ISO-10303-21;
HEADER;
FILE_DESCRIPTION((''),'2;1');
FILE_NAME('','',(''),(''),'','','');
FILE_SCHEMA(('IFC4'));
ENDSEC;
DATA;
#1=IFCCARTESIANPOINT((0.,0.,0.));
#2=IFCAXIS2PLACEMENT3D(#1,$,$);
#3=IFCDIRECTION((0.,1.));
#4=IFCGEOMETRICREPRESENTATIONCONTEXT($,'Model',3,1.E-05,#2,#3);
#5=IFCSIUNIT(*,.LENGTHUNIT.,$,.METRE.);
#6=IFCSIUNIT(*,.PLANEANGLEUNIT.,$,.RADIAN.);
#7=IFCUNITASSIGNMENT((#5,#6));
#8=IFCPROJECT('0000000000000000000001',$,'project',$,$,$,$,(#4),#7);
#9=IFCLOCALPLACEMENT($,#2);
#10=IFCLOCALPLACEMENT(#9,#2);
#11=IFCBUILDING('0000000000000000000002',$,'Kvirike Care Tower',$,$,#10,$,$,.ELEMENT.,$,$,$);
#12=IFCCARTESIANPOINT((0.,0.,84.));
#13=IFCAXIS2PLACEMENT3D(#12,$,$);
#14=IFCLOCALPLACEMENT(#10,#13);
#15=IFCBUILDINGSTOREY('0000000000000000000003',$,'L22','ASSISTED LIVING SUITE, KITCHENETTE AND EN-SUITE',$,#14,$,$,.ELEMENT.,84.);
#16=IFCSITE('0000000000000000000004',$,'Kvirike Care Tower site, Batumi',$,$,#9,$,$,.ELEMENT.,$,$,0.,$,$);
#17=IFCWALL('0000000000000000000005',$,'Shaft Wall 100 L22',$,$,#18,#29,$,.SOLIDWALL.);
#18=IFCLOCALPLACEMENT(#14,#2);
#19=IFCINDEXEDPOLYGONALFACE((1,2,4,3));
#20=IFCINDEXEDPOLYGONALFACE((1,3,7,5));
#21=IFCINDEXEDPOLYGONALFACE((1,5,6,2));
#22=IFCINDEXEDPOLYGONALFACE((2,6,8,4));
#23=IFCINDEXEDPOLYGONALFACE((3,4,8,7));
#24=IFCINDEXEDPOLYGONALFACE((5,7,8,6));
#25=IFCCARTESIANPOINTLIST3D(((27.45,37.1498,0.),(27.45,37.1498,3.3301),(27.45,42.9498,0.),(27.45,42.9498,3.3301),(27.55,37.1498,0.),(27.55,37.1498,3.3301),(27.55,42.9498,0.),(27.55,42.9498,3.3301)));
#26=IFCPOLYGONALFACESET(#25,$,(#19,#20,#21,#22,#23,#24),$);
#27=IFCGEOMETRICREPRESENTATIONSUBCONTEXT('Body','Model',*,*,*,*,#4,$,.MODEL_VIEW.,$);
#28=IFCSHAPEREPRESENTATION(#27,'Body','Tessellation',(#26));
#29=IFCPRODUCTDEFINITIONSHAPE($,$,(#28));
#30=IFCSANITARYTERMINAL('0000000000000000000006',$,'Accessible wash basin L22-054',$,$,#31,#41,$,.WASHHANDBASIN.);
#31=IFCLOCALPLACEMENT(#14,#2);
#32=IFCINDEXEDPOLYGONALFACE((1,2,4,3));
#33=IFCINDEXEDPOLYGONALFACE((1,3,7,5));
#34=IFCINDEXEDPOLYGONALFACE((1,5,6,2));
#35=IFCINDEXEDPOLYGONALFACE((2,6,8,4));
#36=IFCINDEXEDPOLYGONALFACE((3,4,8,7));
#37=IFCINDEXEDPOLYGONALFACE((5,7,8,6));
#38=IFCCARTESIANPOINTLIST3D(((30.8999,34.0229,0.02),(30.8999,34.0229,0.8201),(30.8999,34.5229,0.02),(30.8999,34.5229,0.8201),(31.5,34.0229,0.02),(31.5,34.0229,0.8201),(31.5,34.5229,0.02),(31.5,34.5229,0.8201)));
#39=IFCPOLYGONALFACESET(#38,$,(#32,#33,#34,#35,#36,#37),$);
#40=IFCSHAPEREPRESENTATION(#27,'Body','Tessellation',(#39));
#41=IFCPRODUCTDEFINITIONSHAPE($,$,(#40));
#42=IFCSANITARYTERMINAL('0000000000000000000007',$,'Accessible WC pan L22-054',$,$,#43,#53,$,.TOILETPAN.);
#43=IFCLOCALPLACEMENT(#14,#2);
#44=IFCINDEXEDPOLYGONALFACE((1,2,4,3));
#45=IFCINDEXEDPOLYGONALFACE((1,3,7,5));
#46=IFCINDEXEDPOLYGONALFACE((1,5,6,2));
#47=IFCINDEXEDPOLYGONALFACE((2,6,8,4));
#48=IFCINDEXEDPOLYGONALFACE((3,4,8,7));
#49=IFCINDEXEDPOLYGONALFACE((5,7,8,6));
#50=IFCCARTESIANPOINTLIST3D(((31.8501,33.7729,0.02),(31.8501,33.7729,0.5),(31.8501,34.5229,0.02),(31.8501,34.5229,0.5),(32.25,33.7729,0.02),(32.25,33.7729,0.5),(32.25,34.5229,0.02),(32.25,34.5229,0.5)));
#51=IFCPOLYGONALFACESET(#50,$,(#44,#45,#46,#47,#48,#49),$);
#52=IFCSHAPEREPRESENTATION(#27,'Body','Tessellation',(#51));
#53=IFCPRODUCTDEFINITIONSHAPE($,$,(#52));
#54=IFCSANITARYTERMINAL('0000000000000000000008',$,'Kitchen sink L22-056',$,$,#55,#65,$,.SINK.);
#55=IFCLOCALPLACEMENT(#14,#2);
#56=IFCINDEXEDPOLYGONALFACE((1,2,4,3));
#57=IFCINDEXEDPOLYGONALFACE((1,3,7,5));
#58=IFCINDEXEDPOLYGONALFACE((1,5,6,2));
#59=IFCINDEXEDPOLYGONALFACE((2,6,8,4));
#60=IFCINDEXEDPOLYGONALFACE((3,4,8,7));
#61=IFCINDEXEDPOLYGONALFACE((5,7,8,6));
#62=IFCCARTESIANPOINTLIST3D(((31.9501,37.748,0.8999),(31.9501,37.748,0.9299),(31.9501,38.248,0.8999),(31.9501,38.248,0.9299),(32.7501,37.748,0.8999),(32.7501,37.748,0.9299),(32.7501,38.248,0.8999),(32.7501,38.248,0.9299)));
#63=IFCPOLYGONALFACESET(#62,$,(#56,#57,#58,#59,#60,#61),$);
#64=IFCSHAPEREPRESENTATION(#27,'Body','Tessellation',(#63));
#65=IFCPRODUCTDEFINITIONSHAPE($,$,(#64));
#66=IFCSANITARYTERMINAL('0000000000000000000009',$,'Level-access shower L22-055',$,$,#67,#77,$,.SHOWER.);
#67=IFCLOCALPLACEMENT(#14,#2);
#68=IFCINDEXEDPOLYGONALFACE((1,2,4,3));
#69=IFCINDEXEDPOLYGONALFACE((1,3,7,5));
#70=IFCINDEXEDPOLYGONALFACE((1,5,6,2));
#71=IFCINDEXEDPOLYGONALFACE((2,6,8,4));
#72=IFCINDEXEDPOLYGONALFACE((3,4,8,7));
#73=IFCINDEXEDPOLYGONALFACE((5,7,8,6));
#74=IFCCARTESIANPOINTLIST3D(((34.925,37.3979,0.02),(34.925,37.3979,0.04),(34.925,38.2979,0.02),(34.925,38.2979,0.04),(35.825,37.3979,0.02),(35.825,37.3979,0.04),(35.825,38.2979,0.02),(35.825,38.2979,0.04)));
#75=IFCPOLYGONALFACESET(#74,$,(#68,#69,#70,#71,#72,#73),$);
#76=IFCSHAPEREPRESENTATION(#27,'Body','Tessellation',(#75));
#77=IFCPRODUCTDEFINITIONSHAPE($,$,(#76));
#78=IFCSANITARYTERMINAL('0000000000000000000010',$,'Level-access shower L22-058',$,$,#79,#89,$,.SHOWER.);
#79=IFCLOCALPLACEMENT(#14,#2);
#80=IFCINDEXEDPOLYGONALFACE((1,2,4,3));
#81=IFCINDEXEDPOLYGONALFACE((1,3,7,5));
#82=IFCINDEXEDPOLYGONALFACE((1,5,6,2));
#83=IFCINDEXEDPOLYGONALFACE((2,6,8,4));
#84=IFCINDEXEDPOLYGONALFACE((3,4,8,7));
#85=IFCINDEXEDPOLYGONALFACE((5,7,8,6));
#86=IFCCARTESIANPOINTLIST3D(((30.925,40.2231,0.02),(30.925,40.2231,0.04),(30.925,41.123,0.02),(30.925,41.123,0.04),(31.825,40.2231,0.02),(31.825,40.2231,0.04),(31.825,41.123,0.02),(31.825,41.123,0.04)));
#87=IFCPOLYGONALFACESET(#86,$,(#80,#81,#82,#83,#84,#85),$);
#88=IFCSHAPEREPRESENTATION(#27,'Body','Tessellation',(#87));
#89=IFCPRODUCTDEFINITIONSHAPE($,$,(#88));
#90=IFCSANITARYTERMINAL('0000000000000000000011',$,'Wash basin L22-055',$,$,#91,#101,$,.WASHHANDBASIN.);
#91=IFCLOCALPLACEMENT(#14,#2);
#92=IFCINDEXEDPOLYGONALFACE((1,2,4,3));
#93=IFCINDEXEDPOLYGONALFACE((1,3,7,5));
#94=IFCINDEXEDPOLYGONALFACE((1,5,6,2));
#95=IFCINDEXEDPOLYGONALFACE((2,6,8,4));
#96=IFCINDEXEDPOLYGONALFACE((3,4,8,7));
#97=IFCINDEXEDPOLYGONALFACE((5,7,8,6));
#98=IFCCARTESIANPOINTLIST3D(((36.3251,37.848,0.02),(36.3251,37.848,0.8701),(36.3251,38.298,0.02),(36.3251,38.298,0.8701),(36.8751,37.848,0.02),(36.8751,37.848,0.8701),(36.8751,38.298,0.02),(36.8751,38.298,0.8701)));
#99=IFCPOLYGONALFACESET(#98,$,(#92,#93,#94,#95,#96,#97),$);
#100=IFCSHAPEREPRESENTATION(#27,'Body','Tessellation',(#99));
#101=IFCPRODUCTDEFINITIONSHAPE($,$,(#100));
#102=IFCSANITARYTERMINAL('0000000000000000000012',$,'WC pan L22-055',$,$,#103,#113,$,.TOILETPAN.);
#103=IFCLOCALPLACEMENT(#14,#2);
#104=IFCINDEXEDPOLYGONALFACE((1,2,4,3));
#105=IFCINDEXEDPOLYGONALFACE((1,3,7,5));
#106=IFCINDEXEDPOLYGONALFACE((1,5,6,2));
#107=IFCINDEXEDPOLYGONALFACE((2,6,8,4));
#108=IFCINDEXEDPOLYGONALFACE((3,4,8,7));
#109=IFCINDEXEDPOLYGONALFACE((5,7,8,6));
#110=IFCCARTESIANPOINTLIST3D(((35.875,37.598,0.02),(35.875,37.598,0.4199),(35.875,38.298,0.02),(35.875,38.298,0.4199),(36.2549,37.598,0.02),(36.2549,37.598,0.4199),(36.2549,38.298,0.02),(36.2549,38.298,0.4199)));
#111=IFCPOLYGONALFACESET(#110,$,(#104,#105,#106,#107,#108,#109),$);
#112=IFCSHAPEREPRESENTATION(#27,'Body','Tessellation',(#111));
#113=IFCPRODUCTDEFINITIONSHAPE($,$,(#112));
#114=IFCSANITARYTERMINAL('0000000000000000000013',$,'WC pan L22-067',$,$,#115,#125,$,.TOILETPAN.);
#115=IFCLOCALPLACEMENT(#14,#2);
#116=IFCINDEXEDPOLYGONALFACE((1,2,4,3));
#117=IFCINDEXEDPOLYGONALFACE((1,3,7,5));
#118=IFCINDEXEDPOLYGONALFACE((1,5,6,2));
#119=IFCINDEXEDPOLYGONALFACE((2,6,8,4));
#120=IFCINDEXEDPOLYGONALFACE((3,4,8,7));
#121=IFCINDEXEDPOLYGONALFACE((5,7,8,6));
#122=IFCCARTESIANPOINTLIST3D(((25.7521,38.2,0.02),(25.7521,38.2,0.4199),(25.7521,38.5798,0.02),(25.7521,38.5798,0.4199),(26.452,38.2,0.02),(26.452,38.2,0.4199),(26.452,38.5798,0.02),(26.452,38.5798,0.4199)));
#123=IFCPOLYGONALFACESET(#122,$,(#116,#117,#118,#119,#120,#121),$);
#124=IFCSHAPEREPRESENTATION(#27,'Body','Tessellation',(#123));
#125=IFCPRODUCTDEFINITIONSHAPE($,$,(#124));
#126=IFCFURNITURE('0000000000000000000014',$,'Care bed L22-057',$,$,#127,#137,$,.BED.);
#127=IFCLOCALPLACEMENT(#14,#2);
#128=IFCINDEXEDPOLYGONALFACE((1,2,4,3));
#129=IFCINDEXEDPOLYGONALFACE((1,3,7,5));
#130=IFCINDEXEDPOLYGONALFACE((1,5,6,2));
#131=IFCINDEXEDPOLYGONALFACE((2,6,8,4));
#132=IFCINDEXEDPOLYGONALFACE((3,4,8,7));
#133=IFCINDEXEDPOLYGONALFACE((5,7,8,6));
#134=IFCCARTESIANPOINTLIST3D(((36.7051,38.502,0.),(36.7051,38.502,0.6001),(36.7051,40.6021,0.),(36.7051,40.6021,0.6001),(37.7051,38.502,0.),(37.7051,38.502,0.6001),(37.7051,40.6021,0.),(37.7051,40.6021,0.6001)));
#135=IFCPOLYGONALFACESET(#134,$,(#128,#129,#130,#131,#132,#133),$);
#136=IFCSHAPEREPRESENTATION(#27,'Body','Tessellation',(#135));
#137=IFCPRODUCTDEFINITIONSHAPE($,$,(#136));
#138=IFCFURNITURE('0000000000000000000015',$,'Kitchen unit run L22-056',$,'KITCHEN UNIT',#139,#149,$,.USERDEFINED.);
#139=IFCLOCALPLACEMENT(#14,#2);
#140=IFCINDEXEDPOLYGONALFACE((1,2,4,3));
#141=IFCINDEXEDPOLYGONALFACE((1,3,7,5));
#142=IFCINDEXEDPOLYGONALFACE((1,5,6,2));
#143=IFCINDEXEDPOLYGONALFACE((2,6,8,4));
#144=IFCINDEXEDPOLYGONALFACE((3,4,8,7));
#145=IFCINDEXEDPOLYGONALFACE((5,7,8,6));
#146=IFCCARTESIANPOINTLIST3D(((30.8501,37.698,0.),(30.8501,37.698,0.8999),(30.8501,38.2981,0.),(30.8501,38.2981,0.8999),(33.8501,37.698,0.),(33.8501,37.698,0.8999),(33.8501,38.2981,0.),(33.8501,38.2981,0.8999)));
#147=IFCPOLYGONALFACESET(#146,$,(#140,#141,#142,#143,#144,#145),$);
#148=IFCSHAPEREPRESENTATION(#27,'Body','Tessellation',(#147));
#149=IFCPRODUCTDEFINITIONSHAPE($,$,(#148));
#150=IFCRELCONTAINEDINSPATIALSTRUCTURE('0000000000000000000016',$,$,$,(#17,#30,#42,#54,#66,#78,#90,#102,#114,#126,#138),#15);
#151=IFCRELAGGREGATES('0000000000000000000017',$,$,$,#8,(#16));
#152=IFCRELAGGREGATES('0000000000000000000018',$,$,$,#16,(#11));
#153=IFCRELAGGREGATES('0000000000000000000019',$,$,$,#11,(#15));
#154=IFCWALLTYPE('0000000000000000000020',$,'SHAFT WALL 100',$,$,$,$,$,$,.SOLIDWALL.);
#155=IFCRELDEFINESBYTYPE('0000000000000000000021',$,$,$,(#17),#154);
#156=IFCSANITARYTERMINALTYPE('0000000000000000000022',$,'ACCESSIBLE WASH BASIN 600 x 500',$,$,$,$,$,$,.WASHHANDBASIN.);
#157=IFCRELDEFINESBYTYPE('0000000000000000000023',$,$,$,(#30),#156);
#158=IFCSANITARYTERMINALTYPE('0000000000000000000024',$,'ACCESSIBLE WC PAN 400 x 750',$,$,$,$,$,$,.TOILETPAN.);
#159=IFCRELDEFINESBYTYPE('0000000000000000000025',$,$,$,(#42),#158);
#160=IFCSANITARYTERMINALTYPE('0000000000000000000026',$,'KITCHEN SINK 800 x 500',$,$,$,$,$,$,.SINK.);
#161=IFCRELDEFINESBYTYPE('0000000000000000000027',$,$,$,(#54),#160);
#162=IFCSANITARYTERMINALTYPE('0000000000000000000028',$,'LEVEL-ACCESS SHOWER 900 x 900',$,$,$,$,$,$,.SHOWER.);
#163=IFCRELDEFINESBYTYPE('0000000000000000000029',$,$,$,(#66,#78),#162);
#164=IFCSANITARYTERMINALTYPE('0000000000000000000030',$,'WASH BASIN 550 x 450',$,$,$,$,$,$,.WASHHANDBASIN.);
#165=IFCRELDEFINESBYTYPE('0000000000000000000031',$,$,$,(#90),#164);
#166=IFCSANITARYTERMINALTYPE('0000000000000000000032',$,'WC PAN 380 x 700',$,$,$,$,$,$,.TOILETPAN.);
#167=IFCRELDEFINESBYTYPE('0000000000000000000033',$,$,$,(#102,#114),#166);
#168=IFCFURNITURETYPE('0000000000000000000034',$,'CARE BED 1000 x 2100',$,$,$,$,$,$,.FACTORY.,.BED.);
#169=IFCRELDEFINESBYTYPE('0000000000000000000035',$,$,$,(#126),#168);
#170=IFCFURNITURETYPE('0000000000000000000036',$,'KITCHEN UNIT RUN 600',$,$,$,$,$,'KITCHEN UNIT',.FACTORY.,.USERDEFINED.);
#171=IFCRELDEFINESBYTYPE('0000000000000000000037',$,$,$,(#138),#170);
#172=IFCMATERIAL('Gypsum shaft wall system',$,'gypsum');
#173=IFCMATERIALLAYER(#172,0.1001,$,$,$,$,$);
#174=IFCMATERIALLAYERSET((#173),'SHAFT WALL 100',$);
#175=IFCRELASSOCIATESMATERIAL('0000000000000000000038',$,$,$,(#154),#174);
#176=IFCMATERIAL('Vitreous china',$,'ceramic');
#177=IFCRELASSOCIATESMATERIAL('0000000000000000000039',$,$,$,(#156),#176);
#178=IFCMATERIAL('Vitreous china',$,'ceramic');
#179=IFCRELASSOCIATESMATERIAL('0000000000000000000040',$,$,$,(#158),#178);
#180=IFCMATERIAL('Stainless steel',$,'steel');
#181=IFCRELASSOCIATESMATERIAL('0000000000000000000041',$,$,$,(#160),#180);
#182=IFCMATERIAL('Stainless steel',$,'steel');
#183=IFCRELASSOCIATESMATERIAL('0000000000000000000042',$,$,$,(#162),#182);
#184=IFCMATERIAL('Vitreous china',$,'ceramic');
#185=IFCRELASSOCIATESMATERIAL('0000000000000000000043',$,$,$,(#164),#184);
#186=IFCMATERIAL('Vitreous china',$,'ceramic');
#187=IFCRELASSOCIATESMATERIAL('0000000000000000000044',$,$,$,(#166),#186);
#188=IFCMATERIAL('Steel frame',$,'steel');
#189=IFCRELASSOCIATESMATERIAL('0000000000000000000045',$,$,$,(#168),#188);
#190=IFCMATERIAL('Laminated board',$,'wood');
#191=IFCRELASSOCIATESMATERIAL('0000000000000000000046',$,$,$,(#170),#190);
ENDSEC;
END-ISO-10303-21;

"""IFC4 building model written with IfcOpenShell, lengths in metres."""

from ifc_helpers import new_model, si_unit, direction, frame, frame_2d, origin, origin_2d, place, context, subcontext, project, spatial, rectangle, extrude, material, layer, layer_set, type_object, element, save


model = new_model("IFC4")

# Units and contexts
model_context = context("Model", 3, precision=1e-05, world=origin(), true_north=direction((0.0, 1.0)))
body_context = subcontext(model_context, "Body", "Model", "MODEL_VIEW")
ifc_project = project(units=[si_unit("LENGTHUNIT", "METRE"), si_unit("PLANEANGLEUNIT", "RADIAN")], contexts=[model_context])

# Site, building, storey
site_placement = place(None, origin())
site = spatial("IfcSite", under=ifc_project, at=site_placement, Name="Kvirike Care Tower site, Batumi", CompositionType="ELEMENT", RefElevation=0.0)
building_placement = place(site_placement, origin())
building = spatial("IfcBuilding", under=site, at=building_placement, Name="Kvirike Care Tower", CompositionType="ELEMENT")
storey_placement = place(building_placement, frame((0.0, 0.0, 84.0)))
storey = spatial("IfcBuildingStorey", under=building, at=storey_placement, Name="L22", Description="ASSISTED LIVING SUITE, KITCHENETTE AND EN-SUITE", CompositionType="ELEMENT", Elevation=84.0)

# Wall
ifc_material_1 = material(Name="Gypsum shaft wall system", Category="gypsum")
ifc_layer_1 = layer(ifc_material_1, 0.1001)
ifc_layer_set_1 = layer_set([ifc_layer_1], Name="SHAFT WALL 100")
wall_type_1 = type_object("IfcWallType", Name="SHAFT WALL 100", PredefinedType="SOLIDWALL", material=ifc_layer_set_1)
wall_1_placement = place(storey_placement, frame((27.5, 37.1499, 0.0), z_axis=(0.0, 0.0, 1.0), x_axis=(0.0, 1.0, 0.0)))
element("IfcWall", 1, at=wall_1_placement, inside=storey, type_object=wall_type_1, Name="Shaft Wall 100 L22", PredefinedType="SOLIDWALL", context=body_context, shape_type="SweptSolid", body=[
    extrude(rectangle(XDim=5.8, YDim=0.1001, at=frame_2d((2.8999, 0.0))), origin(), (0.0, 0.0, 1.0), 3.3301),
])

# Sanitary terminals
ifc_material_2 = material(Name="Vitreous china", Category="ceramic")
sanitary_terminal_type_1 = type_object("IfcSanitaryTerminalType", Name="ACCESSIBLE WASH BASIN 600 x 500", PredefinedType="WASHHANDBASIN", material=ifc_material_2)
sanitary_terminal_1_placement = place(storey_placement, frame((31.2, 34.2729, 0.02), z_axis=(0.0, 0.0, 1.0), x_axis=(1.0, 0.0, 0.0)))
element("IfcSanitaryTerminal", 2, at=sanitary_terminal_1_placement, inside=storey, type_object=sanitary_terminal_type_1, Name="Accessible wash basin L22-054", PredefinedType="WASHHANDBASIN", context=body_context, shape_type="SweptSolid", body=[
    extrude(rectangle(XDim=0.6001, YDim=0.5, at=origin_2d()), origin(), (0.0, 0.0, 1.0), 0.8),
])
ifc_material_3 = material(Name="Vitreous china", Category="ceramic")
sanitary_terminal_type_2 = type_object("IfcSanitaryTerminalType", Name="ACCESSIBLE WC PAN 400 x 750", PredefinedType="TOILETPAN", material=ifc_material_3)
sanitary_terminal_2_placement = place(storey_placement, frame((32.05, 34.1479, 0.02), z_axis=(0.0, 0.0, 1.0), x_axis=(1.0, 0.0, 0.0)))
element("IfcSanitaryTerminal", 3, at=sanitary_terminal_2_placement, inside=storey, type_object=sanitary_terminal_type_2, Name="Accessible WC pan L22-054", PredefinedType="TOILETPAN", context=body_context, shape_type="SweptSolid", body=[
    extrude(rectangle(XDim=0.3999, YDim=0.75, at=origin_2d()), origin(), (0.0, 0.0, 1.0), 0.48),
])
ifc_material_4 = material(Name="Stainless steel", Category="steel")
sanitary_terminal_type_3 = type_object("IfcSanitaryTerminalType", Name="KITCHEN SINK 800 x 500", PredefinedType="SINK", material=ifc_material_4)
sanitary_terminal_3_placement = place(storey_placement, frame((32.3501, 37.998, 0.8999), z_axis=(0.0, 0.0, 1.0), x_axis=(1.0, 0.0, 0.0)))
element("IfcSanitaryTerminal", 4, at=sanitary_terminal_3_placement, inside=storey, type_object=sanitary_terminal_type_3, Name="Kitchen sink L22-056", PredefinedType="SINK", context=body_context, shape_type="SweptSolid", body=[
    extrude(rectangle(XDim=0.8, YDim=0.5, at=origin_2d()), origin(), (0.0, 0.0, 1.0), 0.03),
])
ifc_material_5 = material(Name="Stainless steel", Category="steel")
sanitary_terminal_type_4 = type_object("IfcSanitaryTerminalType", Name="LEVEL-ACCESS SHOWER 900 x 900", PredefinedType="SHOWER", material=ifc_material_5)
for number, where, z_axis, x_axis, name in (
    (5, (35.375, 37.8479, 0.02), (0.0, 0.0, 1.0), (1.0, 0.0, 0.0), "Level-access shower L22-055"),
    (6, (31.375, 40.6731, 0.02), (0.0, 0.0, 1.0), (1.0, 0.0, 0.0), "Level-access shower L22-058"),
):
    element("IfcSanitaryTerminal", number, at=place(storey_placement, frame(where, z_axis=z_axis, x_axis=x_axis)), inside=storey, type_object=sanitary_terminal_type_4, Name=name, PredefinedType="SHOWER", context=body_context, shape_type="SweptSolid", body=[
        extrude(rectangle(XDim=0.8999, YDim=0.8999, at=origin_2d()), origin(), (0.0, 0.0, 1.0), 0.02),
    ])
ifc_material_6 = material(Name="Vitreous china", Category="ceramic")
sanitary_terminal_type_5 = type_object("IfcSanitaryTerminalType", Name="WASH BASIN 550 x 450", PredefinedType="WASHHANDBASIN", material=ifc_material_6)
sanitary_terminal_4_placement = place(storey_placement, frame((36.6001, 38.073, 0.02), z_axis=(0.0, 0.0, 1.0), x_axis=(1.0, 0.0, 0.0)))
element("IfcSanitaryTerminal", 7, at=sanitary_terminal_4_placement, inside=storey, type_object=sanitary_terminal_type_5, Name="Wash basin L22-055", PredefinedType="WASHHANDBASIN", context=body_context, shape_type="SweptSolid", body=[
    extrude(rectangle(XDim=0.55, YDim=0.45, at=origin_2d()), origin(), (0.0, 0.0, 1.0), 0.8501),
])
ifc_material_7 = material(Name="Vitreous china", Category="ceramic")
sanitary_terminal_type_6 = type_object("IfcSanitaryTerminalType", Name="WC PAN 380 x 700", PredefinedType="TOILETPAN", material=ifc_material_7)
for number, where, z_axis, x_axis, name in (
    (8, (36.0649, 37.948, 0.02), (0.0, 0.0, 1.0), (1.0, 0.0, 0.0), "WC pan L22-055"),
    (9, (26.1021, 38.3899, 0.02), (0.0, 0.0, 1.0), (0.0, 1.0, 0.0), "WC pan L22-067"),
):
    element("IfcSanitaryTerminal", number, at=place(storey_placement, frame(where, z_axis=z_axis, x_axis=x_axis)), inside=storey, type_object=sanitary_terminal_type_6, Name=name, PredefinedType="TOILETPAN", context=body_context, shape_type="SweptSolid", body=[
        extrude(rectangle(XDim=0.3799, YDim=0.7, at=origin_2d()), origin(), (0.0, 0.0, 1.0), 0.3999),
    ])

# Furniture
ifc_material_8 = material(Name="Steel frame", Category="steel")
furniture_type_1 = type_object("IfcFurnitureType", Name="CARE BED 1000 x 2100", AssemblyPlace="FACTORY", PredefinedType="BED", material=ifc_material_8)
furniture_1_placement = place(storey_placement, frame((37.2051, 39.552, 0.0), z_axis=(0.0, 0.0, 1.0), x_axis=(-1.0, 0.0, 0.0)))
element("IfcFurniture", 10, at=furniture_1_placement, inside=storey, type_object=furniture_type_1, Name="Care bed L22-057", PredefinedType="BED", context=body_context, shape_type="SweptSolid", body=[
    extrude(rectangle(XDim=1.0, YDim=2.1001, at=origin_2d()), origin(), (0.0, 0.0, 1.0), 0.6001),
])
ifc_material_9 = material(Name="Laminated board", Category="wood")
furniture_type_2 = type_object("IfcFurnitureType", Name="KITCHEN UNIT RUN 600", ElementType="KITCHEN UNIT", AssemblyPlace="FACTORY", PredefinedType="USERDEFINED", material=ifc_material_9)
furniture_2_placement = place(storey_placement, frame((32.3501, 37.998, 0.0), z_axis=(0.0, 0.0, 1.0), x_axis=(1.0, 0.0, 0.0)))
element("IfcFurniture", 11, at=furniture_2_placement, inside=storey, type_object=furniture_type_2, Name="Kitchen unit run L22-056", ObjectType="KITCHEN UNIT", PredefinedType="USERDEFINED", context=body_context, shape_type="SweptSolid", body=[
    extrude(rectangle(XDim=3.0, YDim=0.6001, at=origin_2d()), origin(), (0.0, 0.0, 1.0), 0.8999),
])

save(model, "model.ifc")
